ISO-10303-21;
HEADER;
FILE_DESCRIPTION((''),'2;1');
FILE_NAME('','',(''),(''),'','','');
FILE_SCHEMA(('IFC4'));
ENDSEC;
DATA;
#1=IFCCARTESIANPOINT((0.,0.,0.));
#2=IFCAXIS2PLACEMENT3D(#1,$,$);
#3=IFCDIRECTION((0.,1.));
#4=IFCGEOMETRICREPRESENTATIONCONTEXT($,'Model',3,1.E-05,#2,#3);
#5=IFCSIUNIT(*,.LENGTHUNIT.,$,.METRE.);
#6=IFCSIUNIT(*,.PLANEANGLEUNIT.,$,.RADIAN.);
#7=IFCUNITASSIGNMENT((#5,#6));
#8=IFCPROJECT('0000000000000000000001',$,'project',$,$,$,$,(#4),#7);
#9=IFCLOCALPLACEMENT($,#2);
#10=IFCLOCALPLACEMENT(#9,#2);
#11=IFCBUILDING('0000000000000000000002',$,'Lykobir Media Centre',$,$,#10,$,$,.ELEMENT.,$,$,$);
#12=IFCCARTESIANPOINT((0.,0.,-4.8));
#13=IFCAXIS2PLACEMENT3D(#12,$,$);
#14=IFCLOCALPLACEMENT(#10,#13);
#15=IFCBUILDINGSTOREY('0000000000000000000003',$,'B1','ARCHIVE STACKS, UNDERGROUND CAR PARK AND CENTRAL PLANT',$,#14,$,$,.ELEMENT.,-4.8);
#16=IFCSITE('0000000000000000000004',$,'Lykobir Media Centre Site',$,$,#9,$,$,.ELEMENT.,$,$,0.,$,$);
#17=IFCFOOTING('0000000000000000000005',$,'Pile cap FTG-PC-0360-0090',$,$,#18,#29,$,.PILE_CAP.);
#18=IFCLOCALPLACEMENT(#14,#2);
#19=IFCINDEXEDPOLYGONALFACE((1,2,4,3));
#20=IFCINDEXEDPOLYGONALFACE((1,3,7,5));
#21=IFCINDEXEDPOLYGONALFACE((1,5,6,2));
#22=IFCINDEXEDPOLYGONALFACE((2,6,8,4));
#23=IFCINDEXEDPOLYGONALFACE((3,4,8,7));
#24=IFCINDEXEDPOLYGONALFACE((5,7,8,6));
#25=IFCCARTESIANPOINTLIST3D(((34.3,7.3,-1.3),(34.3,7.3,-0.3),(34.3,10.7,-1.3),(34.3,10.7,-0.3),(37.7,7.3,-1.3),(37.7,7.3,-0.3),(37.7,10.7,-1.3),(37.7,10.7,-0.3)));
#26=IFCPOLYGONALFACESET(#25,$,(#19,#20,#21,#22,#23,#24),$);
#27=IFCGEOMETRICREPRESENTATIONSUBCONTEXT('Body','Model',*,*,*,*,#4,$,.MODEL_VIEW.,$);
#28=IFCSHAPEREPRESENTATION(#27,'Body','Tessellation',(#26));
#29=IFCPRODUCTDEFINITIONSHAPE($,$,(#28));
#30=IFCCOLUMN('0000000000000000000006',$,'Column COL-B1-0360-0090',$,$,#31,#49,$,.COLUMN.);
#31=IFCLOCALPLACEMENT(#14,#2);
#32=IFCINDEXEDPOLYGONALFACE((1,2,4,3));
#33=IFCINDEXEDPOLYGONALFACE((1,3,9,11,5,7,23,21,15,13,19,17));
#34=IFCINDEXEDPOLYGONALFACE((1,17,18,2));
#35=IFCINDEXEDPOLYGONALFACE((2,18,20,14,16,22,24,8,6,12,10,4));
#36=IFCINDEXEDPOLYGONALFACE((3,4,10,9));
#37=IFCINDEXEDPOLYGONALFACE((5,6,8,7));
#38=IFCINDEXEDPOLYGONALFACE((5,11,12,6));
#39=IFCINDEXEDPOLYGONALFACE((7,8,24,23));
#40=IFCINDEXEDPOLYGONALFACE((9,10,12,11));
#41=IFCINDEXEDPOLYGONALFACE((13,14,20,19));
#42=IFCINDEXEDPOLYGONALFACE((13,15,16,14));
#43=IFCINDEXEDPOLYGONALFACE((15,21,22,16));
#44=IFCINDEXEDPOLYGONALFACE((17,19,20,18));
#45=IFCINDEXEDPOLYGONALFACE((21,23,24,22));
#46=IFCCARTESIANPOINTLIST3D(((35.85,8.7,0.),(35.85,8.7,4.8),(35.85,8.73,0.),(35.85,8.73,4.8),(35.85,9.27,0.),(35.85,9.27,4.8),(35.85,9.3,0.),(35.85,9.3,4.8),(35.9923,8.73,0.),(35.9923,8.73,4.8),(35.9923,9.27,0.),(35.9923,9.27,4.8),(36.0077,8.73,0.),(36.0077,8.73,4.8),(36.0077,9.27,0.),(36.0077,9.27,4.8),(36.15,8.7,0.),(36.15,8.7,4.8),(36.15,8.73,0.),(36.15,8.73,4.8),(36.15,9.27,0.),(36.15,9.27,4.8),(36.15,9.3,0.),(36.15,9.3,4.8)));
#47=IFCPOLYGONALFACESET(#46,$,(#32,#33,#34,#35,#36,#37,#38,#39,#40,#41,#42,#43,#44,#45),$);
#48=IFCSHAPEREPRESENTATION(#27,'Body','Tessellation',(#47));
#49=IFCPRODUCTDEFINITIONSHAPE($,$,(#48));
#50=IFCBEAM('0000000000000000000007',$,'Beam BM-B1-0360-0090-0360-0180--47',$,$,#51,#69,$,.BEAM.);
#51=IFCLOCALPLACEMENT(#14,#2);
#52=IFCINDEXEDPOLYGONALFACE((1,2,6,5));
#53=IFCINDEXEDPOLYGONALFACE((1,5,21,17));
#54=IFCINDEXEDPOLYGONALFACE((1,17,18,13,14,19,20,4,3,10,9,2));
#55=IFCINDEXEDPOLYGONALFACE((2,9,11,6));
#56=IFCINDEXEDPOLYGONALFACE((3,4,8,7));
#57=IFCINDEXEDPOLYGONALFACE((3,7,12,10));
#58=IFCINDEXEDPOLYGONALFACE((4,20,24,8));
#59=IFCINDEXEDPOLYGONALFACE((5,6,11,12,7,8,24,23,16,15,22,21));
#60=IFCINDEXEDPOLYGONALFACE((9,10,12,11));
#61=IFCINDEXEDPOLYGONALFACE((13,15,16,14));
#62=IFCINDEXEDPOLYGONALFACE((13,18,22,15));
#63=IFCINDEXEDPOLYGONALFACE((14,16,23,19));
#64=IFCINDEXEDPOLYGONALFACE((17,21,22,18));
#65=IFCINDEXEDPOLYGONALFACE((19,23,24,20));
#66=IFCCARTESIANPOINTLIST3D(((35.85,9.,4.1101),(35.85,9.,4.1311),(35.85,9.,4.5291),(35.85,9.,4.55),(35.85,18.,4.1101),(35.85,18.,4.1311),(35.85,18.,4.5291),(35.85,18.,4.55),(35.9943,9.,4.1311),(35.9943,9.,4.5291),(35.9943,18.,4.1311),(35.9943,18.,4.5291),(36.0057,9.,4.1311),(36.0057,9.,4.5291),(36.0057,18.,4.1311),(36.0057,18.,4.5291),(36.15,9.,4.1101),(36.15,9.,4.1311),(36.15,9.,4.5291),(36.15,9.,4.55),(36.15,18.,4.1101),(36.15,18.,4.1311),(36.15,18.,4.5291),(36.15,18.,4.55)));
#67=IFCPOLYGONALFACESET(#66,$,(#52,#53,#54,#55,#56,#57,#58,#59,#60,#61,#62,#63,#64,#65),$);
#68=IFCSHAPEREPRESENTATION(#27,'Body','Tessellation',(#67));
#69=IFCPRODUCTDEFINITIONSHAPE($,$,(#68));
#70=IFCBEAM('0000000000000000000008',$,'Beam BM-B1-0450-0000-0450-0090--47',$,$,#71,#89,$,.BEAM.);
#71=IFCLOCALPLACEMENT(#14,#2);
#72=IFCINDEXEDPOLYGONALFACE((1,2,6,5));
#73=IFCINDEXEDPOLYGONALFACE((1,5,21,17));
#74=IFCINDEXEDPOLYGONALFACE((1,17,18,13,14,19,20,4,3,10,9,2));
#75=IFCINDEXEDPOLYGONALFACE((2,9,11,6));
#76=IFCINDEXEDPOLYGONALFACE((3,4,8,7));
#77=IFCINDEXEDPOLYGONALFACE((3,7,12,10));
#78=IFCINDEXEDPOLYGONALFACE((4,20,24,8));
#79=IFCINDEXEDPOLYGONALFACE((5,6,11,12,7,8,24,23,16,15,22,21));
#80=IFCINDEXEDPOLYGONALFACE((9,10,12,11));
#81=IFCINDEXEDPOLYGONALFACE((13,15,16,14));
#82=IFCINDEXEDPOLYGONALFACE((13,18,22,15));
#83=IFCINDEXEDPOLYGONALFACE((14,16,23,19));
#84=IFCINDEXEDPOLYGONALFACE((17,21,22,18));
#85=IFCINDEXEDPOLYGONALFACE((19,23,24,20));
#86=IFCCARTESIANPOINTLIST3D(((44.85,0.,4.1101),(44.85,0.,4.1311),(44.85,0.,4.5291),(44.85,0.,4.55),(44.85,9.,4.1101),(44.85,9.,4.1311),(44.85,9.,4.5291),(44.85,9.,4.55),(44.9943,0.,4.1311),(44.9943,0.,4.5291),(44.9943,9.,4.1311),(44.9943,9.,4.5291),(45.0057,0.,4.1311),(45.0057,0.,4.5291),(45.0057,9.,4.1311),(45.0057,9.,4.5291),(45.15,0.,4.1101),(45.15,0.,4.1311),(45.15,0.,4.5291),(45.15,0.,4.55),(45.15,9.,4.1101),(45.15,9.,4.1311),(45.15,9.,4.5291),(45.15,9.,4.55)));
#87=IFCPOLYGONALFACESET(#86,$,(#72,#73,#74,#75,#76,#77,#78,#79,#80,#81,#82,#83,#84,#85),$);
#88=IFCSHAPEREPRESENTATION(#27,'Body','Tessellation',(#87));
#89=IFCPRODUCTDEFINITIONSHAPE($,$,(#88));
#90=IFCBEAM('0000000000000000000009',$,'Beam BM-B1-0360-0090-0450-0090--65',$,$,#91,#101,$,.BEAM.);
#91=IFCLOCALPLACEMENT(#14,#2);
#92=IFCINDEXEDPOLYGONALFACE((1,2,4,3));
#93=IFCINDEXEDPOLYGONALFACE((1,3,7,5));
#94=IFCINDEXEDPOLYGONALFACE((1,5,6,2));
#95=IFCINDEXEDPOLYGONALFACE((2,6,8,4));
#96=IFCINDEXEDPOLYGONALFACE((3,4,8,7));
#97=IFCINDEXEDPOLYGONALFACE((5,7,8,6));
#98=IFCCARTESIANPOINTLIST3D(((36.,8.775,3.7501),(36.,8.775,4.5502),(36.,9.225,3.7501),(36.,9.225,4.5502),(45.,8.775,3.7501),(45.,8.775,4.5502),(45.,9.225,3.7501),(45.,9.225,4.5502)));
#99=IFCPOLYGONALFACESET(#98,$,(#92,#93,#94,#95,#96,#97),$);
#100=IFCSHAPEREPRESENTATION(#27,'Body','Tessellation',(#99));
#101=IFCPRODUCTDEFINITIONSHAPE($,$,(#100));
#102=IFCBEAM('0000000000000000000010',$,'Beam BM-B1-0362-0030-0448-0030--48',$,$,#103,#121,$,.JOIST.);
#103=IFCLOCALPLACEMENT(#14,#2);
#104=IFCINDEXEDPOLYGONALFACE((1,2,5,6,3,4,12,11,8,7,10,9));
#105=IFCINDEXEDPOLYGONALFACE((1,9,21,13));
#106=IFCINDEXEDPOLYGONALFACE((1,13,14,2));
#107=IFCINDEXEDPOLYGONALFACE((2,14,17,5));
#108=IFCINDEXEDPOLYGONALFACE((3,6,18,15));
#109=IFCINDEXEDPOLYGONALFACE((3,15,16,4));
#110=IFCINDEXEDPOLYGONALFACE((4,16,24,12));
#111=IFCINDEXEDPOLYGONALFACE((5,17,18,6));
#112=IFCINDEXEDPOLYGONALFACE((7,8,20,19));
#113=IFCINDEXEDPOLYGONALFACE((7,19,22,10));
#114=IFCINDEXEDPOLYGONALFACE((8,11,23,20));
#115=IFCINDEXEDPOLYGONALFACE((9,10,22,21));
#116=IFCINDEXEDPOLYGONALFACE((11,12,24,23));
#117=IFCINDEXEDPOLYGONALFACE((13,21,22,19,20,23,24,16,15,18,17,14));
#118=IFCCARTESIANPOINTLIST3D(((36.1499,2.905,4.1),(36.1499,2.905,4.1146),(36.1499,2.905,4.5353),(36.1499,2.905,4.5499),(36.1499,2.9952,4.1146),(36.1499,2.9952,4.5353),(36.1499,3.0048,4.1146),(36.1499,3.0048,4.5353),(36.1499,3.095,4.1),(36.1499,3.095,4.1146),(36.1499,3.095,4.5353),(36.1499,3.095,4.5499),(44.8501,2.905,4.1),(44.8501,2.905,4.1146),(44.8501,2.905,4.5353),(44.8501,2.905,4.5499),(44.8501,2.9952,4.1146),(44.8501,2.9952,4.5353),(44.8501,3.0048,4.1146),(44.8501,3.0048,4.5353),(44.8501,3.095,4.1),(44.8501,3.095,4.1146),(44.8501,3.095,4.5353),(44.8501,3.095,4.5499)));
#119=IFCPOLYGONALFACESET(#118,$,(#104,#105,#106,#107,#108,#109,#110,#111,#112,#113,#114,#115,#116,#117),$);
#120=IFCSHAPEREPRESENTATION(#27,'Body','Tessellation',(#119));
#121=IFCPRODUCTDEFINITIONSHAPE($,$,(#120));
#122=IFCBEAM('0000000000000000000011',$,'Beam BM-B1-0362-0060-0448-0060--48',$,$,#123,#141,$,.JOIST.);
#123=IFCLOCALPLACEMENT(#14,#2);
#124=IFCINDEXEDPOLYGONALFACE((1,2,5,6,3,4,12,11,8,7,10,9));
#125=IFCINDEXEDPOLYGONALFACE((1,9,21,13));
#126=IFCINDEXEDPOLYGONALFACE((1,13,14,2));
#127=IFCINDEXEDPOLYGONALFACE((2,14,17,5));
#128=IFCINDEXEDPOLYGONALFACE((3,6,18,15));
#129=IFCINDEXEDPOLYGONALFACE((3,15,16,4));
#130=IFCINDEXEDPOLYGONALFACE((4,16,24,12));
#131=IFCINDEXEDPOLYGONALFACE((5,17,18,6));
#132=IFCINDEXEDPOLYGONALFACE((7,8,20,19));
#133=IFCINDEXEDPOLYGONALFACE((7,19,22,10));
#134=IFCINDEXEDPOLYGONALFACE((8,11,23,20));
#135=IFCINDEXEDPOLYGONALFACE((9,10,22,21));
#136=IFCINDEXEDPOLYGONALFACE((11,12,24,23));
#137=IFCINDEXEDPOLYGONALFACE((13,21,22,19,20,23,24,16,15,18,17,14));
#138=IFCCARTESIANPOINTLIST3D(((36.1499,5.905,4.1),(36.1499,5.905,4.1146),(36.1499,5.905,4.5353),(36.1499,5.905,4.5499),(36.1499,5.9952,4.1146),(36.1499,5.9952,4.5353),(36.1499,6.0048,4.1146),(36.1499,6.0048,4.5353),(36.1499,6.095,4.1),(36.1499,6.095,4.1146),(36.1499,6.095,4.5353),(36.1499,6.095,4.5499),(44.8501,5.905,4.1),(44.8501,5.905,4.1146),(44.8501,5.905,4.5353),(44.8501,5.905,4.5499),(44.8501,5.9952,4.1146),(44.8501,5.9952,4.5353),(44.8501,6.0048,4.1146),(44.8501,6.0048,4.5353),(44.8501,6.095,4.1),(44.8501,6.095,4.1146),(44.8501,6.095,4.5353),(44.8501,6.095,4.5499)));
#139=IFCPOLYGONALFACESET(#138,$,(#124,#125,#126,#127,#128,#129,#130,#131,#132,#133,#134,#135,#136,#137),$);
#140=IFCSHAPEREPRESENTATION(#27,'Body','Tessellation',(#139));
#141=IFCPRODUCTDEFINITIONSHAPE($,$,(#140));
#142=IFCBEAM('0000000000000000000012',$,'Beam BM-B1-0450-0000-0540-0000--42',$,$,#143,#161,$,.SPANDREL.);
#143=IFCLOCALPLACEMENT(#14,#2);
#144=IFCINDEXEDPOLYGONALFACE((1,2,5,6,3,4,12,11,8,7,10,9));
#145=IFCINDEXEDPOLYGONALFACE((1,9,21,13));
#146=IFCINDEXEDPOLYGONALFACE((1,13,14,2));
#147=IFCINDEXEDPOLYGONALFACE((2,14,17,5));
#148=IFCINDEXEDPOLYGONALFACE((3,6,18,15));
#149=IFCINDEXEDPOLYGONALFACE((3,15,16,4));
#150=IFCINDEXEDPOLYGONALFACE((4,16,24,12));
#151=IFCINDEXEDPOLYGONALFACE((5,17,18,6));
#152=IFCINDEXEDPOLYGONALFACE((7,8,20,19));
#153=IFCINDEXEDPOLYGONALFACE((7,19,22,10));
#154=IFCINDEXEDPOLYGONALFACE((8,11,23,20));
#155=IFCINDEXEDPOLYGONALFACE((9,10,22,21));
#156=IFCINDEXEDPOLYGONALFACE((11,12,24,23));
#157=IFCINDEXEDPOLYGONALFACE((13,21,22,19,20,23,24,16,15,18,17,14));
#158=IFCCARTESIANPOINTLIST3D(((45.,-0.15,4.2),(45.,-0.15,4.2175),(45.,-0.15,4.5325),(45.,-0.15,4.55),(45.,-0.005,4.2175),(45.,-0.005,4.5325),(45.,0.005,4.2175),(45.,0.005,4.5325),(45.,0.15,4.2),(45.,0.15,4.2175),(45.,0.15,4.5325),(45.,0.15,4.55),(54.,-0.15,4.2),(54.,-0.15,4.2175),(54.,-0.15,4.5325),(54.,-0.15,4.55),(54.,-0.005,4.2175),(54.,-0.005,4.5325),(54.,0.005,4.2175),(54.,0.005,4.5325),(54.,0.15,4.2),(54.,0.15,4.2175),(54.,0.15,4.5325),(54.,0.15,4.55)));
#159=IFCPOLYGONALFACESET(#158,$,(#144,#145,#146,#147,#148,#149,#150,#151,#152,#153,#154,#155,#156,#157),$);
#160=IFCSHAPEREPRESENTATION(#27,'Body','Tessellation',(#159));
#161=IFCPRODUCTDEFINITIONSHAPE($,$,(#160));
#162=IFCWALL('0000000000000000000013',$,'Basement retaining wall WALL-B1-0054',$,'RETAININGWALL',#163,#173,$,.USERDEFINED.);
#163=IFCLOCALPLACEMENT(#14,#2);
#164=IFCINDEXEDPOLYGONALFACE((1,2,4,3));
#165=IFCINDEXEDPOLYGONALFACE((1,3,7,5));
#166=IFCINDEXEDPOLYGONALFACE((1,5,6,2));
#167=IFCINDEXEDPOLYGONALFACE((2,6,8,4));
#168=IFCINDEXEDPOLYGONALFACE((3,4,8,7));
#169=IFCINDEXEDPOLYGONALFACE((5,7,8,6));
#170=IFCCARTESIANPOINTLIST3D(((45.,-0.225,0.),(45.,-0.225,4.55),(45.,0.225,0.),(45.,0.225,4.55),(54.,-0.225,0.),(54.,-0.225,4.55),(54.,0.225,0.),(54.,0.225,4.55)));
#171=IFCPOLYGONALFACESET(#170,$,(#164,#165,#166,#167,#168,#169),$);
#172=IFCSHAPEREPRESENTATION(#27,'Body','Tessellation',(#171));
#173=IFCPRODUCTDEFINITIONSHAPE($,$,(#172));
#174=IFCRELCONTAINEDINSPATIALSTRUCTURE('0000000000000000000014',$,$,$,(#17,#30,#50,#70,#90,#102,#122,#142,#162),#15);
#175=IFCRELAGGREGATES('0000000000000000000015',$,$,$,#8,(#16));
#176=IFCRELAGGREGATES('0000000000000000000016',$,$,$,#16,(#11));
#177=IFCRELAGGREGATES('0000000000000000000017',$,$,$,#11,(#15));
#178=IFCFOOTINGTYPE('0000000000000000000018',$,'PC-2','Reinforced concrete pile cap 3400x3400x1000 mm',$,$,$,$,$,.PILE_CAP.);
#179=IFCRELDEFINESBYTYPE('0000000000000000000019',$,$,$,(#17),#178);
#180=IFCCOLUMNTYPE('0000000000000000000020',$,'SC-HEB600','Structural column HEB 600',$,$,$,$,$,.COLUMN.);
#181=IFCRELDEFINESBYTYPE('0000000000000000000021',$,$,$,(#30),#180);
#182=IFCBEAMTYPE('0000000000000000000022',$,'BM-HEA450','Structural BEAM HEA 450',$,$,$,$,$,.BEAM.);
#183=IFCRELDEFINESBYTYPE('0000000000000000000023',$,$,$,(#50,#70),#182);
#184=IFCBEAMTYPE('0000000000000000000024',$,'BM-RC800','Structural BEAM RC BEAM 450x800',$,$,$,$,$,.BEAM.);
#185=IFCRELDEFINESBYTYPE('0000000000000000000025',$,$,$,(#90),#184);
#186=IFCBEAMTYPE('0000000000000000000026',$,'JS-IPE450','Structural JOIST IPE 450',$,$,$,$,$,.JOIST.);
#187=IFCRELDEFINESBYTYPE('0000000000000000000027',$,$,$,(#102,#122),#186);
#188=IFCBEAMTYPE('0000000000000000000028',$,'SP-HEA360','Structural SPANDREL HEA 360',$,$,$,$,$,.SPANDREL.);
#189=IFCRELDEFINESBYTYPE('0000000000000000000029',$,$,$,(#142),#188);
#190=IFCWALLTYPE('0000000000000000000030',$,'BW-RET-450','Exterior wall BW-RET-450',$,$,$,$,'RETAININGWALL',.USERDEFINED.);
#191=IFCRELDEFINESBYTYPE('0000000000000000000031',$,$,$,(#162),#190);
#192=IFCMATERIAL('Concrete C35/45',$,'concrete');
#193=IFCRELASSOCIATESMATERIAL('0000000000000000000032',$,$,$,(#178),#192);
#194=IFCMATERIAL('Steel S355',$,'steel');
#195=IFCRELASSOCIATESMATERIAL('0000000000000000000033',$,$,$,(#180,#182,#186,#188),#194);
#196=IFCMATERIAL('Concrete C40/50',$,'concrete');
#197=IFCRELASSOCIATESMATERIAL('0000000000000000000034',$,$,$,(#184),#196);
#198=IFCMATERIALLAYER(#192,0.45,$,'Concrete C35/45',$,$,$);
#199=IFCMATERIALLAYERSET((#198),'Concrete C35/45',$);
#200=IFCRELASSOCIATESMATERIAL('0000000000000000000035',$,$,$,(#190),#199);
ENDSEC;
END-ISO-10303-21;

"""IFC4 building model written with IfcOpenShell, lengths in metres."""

from ifc_helpers import new_model, si_unit, direction, frame, frame_2d, origin, origin_2d, place, context, subcontext, project, spatial, rectangle, i_section, extrude, material, layer, layer_set, material_profile, profile_set, type_object, element, save


model = new_model("IFC4")

# Units and contexts
model_context = context("Model", 3, precision=1e-05, world=origin(), true_north=direction((0.0, 1.0)))
body_context = subcontext(model_context, "Body", "Model", "MODEL_VIEW")
ifc_project = project(units=[si_unit("LENGTHUNIT", "METRE"), si_unit("PLANEANGLEUNIT", "RADIAN")], contexts=[model_context])

# Site, building, storey
site_placement = place(None, origin())
site = spatial("IfcSite", under=ifc_project, at=site_placement, Name="Lykobir Media Centre Site", CompositionType="ELEMENT", RefElevation=0.0)
building_placement = place(site_placement, origin())
building = spatial("IfcBuilding", under=site, at=building_placement, Name="Lykobir Media Centre", CompositionType="ELEMENT")
storey_placement = place(building_placement, frame((0.0, 0.0, -4.8)))
storey = spatial("IfcBuildingStorey", under=building, at=storey_placement, Name="B1", Description="ARCHIVE STACKS, UNDERGROUND CAR PARK AND CENTRAL PLANT", CompositionType="ELEMENT", Elevation=-4.8)

# Footing
ifc_material_1 = material(Name="Concrete C35/45", Category="concrete")
footing_type_1 = type_object("IfcFootingType", Name="PC-2", Description="Reinforced concrete pile cap 3400x3400x1000 mm", PredefinedType="PILE_CAP", material=ifc_material_1)
footing_1_placement = place(storey_placement, frame((36.0, 9.0, -1.3), z_axis=(0.0, 0.0, 1.0), x_axis=(1.0, 0.0, 0.0)))
element("IfcFooting", 1, at=footing_1_placement, inside=storey, type_object=footing_type_1, Name="Pile cap FTG-PC-0360-0090", PredefinedType="PILE_CAP", context=body_context, shape_type="SweptSolid", body=[
    extrude(rectangle(XDim=3.3999, YDim=3.3999, at=origin_2d()), origin(), (0.0, 0.0, 1.0), 1.0),
])

# Column
ifc_material_2 = material(Name="Steel S355", Category="steel")
ifc_material_profile_1 = material_profile(ifc_material_2, i_section(OverallWidth=0.3, OverallDepth=0.6001, WebThickness=0.0154, FlangeThickness=0.03, at=origin_2d()), Name="HEB 600")
ifc_profile_set_1 = profile_set([ifc_material_profile_1], Name="Steel S355")
column_type = type_object("IfcColumnType", Name="SC-HEB600", Description="Structural column HEB 600", PredefinedType="COLUMN", material=ifc_profile_set_1)
column_placement = place(storey_placement, frame((36.0, 9.0, 0.0), z_axis=(0.0, 0.0, 1.0), x_axis=(1.0, 0.0, 0.0)))
element("IfcColumn", 2, at=column_placement, inside=storey, type_object=column_type, Name="Column COL-B1-0360-0090", PredefinedType="COLUMN", context=body_context, shape_type="SweptSolid", body=[
    extrude(i_section(OverallWidth=0.3, OverallDepth=0.6001, WebThickness=0.0154, FlangeThickness=0.03, at=origin_2d()), origin(), (0.0, 0.0, 1.0), 4.8),
])

# Beams
ifc_material_profile_2 = material_profile(ifc_material_2, i_section(OverallWidth=0.3, OverallDepth=0.4399, WebThickness=0.0115, FlangeThickness=0.021, at=origin_2d()), Name="HEA 450")
ifc_profile_set_2 = profile_set([ifc_material_profile_2], Name="Steel S355")
beam_type_1 = type_object("IfcBeamType", Name="BM-HEA450", Description="Structural BEAM HEA 450", PredefinedType="BEAM", material=ifc_profile_set_2)
for number, where, z_axis, x_axis, name in (
    (3, (36.0, 9.0, 4.3301), (0.0, 1.0, 0.0), (-1.0, 0.0, 0.0), "Beam BM-B1-0360-0090-0360-0180--47"),
    (4, (45.0, 0.0, 4.3301), (0.0, 1.0, 0.0), (-1.0, 0.0, 0.0), "Beam BM-B1-0450-0000-0450-0090--47"),
):
    element("IfcBeam", number, at=place(storey_placement, frame(where, z_axis=z_axis, x_axis=x_axis)), inside=storey, type_object=beam_type_1, Name=name, PredefinedType="BEAM", context=body_context, shape_type="SweptSolid", body=[
        extrude(i_section(OverallWidth=0.3, OverallDepth=0.4399, WebThickness=0.0115, FlangeThickness=0.021, at=origin_2d()), origin(), (0.0, 0.0, 1.0), 9.0),
    ])
ifc_material_3 = material(Name="Concrete C40/50", Category="concrete")
ifc_material_profile_3 = material_profile(ifc_material_3, rectangle(XDim=0.45, YDim=0.8, at=origin_2d()), Name="RC BEAM 450x800")
ifc_profile_set_3 = profile_set([ifc_material_profile_3], Name="Concrete C40/50")
beam_type_2 = type_object("IfcBeamType", Name="BM-RC800", Description="Structural BEAM RC BEAM 450x800", PredefinedType="BEAM", material=ifc_profile_set_3)
beam_1_placement = place(storey_placement, frame((36.0, 9.0, 4.1501), z_axis=(1.0, 0.0, 0.0), x_axis=(0.0, 1.0, 0.0)))
element("IfcBeam", 5, at=beam_1_placement, inside=storey, type_object=beam_type_2, Name="Beam BM-B1-0360-0090-0450-0090--65", PredefinedType="BEAM", context=body_context, shape_type="SweptSolid", body=[
    extrude(rectangle(XDim=0.45, YDim=0.8, at=origin_2d()), origin(), (0.0, 0.0, 1.0), 9.0),
])
ifc_material_profile_4 = material_profile(ifc_material_2, i_section(OverallWidth=0.1899, OverallDepth=0.45, WebThickness=0.0095, FlangeThickness=0.0146, at=origin_2d()), Name="IPE 450")
ifc_profile_set_4 = profile_set([ifc_material_profile_4], Name="Steel S355")
beam_type_3 = type_object("IfcBeamType", Name="JS-IPE450", Description="Structural JOIST IPE 450", PredefinedType="JOIST", material=ifc_profile_set_4)
for number, where, z_axis, x_axis, name in (
    (6, (36.1499, 3.0, 4.325), (1.0, 0.0, 0.0), (0.0, 1.0, 0.0), "Beam BM-B1-0362-0030-0448-0030--48"),
    (7, (36.1499, 6.0, 4.325), (1.0, 0.0, 0.0), (0.0, 1.0, 0.0), "Beam BM-B1-0362-0060-0448-0060--48"),
):
    element("IfcBeam", number, at=place(storey_placement, frame(where, z_axis=z_axis, x_axis=x_axis)), inside=storey, type_object=beam_type_3, Name=name, PredefinedType="JOIST", context=body_context, shape_type="SweptSolid", body=[
        extrude(i_section(OverallWidth=0.1899, OverallDepth=0.45, WebThickness=0.0095, FlangeThickness=0.0146, at=origin_2d()), origin(), (0.0, 0.0, 1.0), 8.7002),
    ])
ifc_material_profile_5 = material_profile(ifc_material_2, i_section(OverallWidth=0.3, OverallDepth=0.3501, WebThickness=0.01, FlangeThickness=0.0176, at=origin_2d()), Name="HEA 360")
ifc_profile_set_5 = profile_set([ifc_material_profile_5], Name="Steel S355")
beam_type_4 = type_object("IfcBeamType", Name="SP-HEA360", Description="Structural SPANDREL HEA 360", PredefinedType="SPANDREL", material=ifc_profile_set_5)
beam_2_placement = place(storey_placement, frame((45.0, 0.0, 4.375), z_axis=(1.0, 0.0, 0.0), x_axis=(0.0, 1.0, 0.0)))
element("IfcBeam", 8, at=beam_2_placement, inside=storey, type_object=beam_type_4, Name="Beam BM-B1-0450-0000-0540-0000--42", PredefinedType="SPANDREL", context=body_context, shape_type="SweptSolid", body=[
    extrude(i_section(OverallWidth=0.3, OverallDepth=0.3501, WebThickness=0.01, FlangeThickness=0.0176, at=origin_2d()), origin(), (0.0, 0.0, 1.0), 9.0),
])

# Wall
ifc_layer_1 = layer(ifc_material_1, 0.45, Name="Concrete C35/45")
ifc_layer_set_1 = layer_set([ifc_layer_1], Name="Concrete C35/45")
wall_type_1 = type_object("IfcWallType", Name="BW-RET-450", Description="Exterior wall BW-RET-450", ElementType="RETAININGWALL", PredefinedType="USERDEFINED", material=ifc_layer_set_1)
wall_1_placement = place(storey_placement, frame((45.0, 0.0, 0.0), z_axis=(0.0, 0.0, 1.0), x_axis=(1.0, 0.0, 0.0)))
element("IfcWall", 9, at=wall_1_placement, inside=storey, type_object=wall_type_1, Name="Basement retaining wall WALL-B1-0054", ObjectType="RETAININGWALL", PredefinedType="USERDEFINED", context=body_context, shape_type="SweptSolid", body=[
    extrude(rectangle(XDim=9.0, YDim=0.45, at=frame_2d((4.5, 0.0))), origin(), (0.0, 0.0, 1.0), 4.55),
])

save(model, "model.ifc")
